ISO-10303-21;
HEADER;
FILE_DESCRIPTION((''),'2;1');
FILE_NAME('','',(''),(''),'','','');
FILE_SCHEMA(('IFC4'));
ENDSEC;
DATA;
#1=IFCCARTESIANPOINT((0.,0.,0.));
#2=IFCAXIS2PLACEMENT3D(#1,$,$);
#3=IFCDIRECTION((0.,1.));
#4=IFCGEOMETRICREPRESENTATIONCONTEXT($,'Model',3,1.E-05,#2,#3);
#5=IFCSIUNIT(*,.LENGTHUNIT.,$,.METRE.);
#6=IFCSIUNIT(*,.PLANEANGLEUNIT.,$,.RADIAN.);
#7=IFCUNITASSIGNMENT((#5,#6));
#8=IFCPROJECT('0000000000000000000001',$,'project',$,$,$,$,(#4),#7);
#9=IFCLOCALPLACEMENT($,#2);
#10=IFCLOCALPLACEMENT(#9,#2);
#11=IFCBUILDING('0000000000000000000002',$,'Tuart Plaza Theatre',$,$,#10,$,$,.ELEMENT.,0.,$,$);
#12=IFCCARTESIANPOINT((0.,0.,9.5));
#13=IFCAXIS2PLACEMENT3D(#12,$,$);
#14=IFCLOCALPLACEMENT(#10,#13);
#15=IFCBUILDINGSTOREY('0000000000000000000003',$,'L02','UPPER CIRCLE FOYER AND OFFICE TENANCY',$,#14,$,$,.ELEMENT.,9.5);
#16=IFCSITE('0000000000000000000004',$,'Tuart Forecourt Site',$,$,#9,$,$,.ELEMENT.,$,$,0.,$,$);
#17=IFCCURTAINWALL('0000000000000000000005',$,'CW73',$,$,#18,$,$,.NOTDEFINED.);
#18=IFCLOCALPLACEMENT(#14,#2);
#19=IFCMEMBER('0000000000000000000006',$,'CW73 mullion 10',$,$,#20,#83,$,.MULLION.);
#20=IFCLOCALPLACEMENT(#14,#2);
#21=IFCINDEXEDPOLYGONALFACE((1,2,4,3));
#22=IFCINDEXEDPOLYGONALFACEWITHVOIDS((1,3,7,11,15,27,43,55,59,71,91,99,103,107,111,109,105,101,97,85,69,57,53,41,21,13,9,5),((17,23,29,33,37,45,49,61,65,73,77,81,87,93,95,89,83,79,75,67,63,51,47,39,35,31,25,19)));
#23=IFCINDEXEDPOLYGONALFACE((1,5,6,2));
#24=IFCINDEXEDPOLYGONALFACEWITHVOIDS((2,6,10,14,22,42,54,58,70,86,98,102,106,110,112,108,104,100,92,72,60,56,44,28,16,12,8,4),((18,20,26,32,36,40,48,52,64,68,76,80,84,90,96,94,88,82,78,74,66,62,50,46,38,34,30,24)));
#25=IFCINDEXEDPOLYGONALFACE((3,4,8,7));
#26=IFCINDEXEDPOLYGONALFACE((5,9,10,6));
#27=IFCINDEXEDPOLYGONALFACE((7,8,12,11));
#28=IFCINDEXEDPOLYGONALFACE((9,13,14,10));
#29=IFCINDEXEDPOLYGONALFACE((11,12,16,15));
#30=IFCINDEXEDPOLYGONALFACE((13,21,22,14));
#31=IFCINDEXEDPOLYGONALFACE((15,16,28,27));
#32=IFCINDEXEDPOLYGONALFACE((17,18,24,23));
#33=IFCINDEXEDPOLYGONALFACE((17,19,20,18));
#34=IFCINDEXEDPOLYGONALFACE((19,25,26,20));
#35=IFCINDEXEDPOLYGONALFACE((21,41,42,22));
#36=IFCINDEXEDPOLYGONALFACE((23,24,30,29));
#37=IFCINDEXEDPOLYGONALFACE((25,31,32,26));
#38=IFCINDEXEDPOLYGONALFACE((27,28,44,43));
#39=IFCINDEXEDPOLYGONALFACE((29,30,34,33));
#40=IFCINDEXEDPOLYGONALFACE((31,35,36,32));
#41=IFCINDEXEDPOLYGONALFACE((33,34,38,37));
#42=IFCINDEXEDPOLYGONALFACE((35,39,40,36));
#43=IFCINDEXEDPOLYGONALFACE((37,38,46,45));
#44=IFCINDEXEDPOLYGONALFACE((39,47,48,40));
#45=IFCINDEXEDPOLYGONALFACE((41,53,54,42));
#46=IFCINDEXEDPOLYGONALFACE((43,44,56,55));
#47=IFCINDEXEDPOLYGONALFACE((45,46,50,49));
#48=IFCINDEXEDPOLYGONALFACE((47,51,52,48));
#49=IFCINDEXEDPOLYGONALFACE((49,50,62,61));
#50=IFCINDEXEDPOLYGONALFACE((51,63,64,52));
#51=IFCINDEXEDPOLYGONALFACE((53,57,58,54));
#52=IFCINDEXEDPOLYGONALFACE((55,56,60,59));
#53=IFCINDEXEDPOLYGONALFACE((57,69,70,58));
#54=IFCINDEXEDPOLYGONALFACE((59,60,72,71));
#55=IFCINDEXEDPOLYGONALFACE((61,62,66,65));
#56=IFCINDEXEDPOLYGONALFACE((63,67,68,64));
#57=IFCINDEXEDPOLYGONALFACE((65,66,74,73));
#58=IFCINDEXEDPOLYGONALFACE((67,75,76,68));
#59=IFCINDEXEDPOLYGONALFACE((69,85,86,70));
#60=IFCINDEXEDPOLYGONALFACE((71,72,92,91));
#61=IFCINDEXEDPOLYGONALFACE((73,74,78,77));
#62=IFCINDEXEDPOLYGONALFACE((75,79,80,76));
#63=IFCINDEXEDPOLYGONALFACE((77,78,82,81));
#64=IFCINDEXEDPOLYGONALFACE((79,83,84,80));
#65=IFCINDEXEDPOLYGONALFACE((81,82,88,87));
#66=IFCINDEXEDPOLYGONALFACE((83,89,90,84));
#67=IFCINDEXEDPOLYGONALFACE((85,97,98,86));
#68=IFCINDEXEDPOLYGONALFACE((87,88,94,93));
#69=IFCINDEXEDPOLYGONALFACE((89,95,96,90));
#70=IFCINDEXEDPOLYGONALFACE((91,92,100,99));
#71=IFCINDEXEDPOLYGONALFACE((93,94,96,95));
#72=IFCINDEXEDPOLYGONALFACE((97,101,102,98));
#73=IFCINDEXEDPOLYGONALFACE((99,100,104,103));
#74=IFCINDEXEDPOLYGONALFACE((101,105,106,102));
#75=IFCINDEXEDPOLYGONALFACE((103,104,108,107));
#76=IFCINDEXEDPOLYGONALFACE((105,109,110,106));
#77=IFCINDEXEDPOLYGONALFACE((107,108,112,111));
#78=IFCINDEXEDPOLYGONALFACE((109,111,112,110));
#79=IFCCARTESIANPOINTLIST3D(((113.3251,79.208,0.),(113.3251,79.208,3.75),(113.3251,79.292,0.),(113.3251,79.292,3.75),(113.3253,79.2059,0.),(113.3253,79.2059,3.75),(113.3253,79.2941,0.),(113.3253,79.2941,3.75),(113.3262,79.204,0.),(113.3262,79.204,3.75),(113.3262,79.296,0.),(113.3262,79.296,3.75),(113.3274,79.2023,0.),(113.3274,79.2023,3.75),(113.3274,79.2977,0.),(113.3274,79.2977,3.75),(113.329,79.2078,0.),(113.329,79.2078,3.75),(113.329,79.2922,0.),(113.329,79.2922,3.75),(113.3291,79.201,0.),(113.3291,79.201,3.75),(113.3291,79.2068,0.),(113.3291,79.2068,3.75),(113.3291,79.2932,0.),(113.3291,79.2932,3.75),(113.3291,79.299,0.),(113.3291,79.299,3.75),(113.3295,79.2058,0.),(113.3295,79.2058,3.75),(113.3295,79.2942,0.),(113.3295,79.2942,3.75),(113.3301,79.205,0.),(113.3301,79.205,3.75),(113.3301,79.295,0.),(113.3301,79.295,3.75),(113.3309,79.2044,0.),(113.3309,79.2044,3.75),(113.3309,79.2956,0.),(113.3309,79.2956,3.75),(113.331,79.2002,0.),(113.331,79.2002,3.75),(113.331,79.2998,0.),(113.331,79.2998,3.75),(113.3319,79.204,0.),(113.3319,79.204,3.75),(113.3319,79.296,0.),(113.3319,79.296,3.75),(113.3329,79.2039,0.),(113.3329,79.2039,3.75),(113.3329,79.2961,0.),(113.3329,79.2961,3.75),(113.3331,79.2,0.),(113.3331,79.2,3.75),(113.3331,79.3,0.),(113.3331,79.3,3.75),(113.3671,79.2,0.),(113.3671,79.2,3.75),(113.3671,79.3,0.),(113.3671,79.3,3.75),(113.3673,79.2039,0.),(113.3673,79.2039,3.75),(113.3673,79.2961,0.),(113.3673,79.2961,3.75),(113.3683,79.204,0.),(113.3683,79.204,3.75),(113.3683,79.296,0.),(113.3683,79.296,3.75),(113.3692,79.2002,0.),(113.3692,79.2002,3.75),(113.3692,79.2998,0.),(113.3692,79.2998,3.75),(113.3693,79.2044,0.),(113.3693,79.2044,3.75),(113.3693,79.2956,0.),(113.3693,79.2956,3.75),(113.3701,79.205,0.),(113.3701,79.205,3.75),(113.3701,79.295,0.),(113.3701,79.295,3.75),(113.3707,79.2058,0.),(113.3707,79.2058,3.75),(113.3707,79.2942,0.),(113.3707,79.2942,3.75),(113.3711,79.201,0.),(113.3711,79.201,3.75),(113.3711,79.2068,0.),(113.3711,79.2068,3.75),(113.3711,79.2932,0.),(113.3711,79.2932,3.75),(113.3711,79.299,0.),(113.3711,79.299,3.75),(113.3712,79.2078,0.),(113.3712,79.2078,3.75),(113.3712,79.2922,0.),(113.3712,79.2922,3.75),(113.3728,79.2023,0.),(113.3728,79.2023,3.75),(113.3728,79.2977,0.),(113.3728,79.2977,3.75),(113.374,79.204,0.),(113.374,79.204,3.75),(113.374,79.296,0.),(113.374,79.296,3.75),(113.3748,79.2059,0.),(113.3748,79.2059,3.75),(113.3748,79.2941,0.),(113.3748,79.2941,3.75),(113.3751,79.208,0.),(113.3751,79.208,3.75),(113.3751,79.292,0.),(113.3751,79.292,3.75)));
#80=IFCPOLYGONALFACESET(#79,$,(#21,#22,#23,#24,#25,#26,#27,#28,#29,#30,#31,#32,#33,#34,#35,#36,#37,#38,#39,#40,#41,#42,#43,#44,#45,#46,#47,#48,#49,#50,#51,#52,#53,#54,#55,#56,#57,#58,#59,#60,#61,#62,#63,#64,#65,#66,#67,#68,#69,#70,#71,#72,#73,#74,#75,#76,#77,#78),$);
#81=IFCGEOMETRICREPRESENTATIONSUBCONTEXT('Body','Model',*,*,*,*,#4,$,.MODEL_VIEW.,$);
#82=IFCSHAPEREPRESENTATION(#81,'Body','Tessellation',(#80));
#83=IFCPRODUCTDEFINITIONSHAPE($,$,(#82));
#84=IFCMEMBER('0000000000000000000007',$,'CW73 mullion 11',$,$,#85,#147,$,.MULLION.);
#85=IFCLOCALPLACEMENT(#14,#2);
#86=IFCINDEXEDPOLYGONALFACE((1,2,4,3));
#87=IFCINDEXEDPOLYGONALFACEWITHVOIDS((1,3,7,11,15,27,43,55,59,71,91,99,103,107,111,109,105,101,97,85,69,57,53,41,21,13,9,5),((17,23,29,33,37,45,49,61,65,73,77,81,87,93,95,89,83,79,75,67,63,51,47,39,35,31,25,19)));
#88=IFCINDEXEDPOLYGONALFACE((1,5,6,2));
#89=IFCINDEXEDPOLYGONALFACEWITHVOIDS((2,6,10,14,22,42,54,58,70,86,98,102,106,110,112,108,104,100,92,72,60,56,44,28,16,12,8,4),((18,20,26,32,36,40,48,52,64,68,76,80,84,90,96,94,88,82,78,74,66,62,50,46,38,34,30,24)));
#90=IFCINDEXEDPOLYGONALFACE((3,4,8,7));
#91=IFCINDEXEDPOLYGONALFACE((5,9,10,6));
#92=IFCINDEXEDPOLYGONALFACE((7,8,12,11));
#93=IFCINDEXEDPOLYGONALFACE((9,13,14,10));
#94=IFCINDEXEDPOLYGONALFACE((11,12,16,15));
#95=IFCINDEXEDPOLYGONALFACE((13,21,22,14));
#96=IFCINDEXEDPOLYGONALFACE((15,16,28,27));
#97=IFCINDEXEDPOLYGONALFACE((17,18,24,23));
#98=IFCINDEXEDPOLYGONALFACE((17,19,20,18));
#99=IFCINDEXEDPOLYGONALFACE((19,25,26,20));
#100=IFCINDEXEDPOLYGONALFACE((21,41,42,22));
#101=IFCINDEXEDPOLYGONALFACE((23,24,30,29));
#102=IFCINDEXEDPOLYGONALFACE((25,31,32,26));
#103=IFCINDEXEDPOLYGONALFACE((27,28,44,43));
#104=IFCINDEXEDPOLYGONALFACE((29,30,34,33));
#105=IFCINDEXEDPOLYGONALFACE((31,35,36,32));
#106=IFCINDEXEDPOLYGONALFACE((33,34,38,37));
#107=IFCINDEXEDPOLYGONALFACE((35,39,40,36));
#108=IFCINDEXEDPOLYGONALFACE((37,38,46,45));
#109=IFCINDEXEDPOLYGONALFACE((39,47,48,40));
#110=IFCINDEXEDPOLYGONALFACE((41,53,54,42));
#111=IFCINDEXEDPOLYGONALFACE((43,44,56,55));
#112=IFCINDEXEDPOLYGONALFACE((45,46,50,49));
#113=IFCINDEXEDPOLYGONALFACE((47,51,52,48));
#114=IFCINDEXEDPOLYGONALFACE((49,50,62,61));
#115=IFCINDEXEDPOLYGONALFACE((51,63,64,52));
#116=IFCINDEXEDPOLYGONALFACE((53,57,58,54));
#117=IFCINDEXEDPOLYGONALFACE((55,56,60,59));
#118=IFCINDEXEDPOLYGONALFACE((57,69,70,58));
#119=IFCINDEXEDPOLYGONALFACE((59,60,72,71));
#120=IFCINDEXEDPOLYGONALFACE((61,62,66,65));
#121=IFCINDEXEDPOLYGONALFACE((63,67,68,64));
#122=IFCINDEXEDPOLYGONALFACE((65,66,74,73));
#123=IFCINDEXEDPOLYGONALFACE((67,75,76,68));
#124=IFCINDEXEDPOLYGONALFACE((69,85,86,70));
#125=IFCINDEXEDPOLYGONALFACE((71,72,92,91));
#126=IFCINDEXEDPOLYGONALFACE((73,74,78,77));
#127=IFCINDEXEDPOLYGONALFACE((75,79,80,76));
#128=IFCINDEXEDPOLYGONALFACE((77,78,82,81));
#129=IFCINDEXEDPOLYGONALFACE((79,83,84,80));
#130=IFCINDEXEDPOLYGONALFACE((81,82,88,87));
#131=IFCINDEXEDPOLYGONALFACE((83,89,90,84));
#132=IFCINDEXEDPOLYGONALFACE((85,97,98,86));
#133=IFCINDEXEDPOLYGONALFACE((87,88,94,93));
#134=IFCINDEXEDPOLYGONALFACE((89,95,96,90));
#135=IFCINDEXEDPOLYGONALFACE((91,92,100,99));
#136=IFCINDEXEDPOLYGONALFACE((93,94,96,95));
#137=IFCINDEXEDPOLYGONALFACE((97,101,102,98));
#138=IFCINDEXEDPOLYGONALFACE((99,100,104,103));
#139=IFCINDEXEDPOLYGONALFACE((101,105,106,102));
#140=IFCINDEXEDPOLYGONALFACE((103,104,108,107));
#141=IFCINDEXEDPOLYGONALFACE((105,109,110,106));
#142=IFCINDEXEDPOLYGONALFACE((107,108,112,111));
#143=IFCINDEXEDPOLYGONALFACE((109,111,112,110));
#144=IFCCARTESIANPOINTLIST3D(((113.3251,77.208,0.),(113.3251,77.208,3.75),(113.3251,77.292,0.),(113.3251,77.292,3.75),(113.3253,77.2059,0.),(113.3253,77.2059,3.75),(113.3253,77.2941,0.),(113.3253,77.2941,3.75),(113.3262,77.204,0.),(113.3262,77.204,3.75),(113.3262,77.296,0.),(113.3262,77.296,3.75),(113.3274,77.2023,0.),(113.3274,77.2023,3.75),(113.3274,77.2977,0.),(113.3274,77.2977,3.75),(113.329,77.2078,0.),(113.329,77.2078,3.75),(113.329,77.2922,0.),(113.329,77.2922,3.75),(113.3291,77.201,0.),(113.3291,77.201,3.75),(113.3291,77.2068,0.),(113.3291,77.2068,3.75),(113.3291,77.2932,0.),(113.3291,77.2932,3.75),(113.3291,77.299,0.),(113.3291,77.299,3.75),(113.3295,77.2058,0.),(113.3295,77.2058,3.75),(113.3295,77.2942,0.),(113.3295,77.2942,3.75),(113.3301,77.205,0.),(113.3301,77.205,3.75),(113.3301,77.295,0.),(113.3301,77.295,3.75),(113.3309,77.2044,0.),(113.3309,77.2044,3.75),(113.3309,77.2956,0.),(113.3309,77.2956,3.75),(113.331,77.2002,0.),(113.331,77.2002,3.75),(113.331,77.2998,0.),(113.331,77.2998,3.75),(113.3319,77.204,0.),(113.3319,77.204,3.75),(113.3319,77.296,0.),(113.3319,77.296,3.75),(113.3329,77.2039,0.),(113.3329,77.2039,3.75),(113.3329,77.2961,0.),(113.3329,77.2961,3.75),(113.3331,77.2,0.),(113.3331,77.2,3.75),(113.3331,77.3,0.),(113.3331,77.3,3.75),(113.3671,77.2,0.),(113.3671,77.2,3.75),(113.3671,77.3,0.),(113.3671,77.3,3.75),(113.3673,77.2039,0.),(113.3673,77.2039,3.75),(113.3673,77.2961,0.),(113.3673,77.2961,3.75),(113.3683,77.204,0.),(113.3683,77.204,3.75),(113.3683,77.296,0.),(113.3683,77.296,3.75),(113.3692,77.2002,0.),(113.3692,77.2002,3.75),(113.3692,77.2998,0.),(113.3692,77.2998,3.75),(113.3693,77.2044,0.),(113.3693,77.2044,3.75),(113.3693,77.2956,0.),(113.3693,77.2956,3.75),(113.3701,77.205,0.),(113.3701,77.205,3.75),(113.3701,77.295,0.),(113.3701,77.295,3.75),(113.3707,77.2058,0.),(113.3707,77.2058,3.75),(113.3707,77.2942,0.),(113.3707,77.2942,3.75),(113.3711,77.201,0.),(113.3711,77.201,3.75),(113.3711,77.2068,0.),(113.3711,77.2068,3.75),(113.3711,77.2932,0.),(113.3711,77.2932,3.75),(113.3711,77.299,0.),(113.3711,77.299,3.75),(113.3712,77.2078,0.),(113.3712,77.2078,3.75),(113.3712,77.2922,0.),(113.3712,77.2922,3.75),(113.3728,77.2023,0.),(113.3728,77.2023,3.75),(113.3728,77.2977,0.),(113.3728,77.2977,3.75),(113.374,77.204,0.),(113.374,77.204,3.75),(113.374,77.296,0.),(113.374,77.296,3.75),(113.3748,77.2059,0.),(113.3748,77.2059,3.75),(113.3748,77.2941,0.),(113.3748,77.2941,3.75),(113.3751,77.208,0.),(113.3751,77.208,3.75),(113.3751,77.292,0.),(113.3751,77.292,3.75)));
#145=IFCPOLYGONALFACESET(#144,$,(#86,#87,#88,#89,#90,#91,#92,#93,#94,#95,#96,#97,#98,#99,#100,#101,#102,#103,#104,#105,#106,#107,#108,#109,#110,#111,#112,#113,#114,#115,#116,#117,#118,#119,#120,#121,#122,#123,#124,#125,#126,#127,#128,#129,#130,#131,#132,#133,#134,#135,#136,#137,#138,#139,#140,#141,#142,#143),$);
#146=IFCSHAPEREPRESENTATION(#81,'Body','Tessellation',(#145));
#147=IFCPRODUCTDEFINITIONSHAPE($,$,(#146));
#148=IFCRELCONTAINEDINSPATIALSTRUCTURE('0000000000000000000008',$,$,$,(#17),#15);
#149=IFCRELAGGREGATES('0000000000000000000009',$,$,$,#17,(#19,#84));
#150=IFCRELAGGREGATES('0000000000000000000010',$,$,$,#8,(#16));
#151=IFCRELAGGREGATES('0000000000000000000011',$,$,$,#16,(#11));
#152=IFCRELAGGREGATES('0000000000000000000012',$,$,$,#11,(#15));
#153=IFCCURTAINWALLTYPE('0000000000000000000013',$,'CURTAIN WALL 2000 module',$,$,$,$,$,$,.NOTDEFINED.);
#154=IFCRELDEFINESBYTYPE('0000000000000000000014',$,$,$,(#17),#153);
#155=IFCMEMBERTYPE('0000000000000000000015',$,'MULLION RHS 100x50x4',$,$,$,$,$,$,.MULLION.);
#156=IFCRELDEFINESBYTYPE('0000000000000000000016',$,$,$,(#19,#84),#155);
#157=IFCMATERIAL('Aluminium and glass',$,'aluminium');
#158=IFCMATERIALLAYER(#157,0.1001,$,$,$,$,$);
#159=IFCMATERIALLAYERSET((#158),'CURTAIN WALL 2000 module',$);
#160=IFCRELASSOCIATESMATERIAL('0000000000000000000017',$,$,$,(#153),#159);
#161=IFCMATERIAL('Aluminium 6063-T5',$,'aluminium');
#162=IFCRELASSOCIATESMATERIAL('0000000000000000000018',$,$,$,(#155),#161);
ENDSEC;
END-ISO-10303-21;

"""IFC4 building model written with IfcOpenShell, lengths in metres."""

from ifc_helpers import new_model, si_unit, direction, frame, origin, origin_2d, place, context, subcontext, project, spatial, hollow_rectangle, extrude, material, layer, layer_set, material_profile, profile_set, type_object, element, aggregate, save


model = new_model("IFC4")

# Units and contexts
model_context = context("Model", 3, precision=1e-05, world=origin(), true_north=direction((0.0, 1.0)))
body_context = subcontext(model_context, "Body", "Model", "MODEL_VIEW")
ifc_project = project(units=[si_unit("LENGTHUNIT", "METRE"), si_unit("PLANEANGLEUNIT", "RADIAN")], contexts=[model_context])

# Site, building, storey
site_placement = place(None, origin())
site = spatial("IfcSite", under=ifc_project, at=site_placement, Name="Tuart Forecourt Site", CompositionType="ELEMENT", RefElevation=0.0)
building_placement = place(site_placement, origin())
building = spatial("IfcBuilding", under=site, at=building_placement, Name="Tuart Plaza Theatre", CompositionType="ELEMENT", ElevationOfRefHeight=0.0)
storey_placement = place(building_placement, frame((0.0, 0.0, 9.5)))
storey = spatial("IfcBuildingStorey", under=building, at=storey_placement, Name="L02", Description="UPPER CIRCLE FOYER AND OFFICE TENANCY", CompositionType="ELEMENT", Elevation=9.5)

# Curtain wall, members
ifc_material_1 = material(Name="Aluminium and glass", Category="aluminium")
ifc_layer_1 = layer(ifc_material_1, 0.1001)
ifc_layer_set_1 = layer_set([ifc_layer_1], Name="CURTAIN WALL 2000 module")
curtain_wall_type = type_object("IfcCurtainWallType", Name="CURTAIN WALL 2000 module", PredefinedType="NOTDEFINED", material=ifc_layer_set_1)
curtain_wall_placement = place(storey_placement, origin())
curtain_wall = element("IfcCurtainWall", 1, at=curtain_wall_placement, inside=storey, type_object=curtain_wall_type, Name="CW73", PredefinedType="NOTDEFINED")
ifc_material_2 = material(Name="Aluminium 6063-T5", Category="aluminium")
ifc_material_profile_1 = material_profile(ifc_material_2, hollow_rectangle(XDim=0.05, YDim=0.1001, WallThickness=0.0039, InnerFilletRadius=0.0039, OuterFilletRadius=0.0081, at=origin_2d()), Name="RHS 100x50x4")
ifc_profile_set_1 = profile_set([ifc_material_profile_1], Name="Aluminium 6063-T5")
member_type_1 = type_object("IfcMemberType", Name="MULLION RHS 100x50x4", PredefinedType="MULLION", material=ifc_profile_set_1)
member_1_placement = place(storey_placement, frame((113.3501, 79.25, 0.0), z_axis=(0.0, 0.0, 1.0), x_axis=(1.0, 0.0, 0.0)))
member_1 = element("IfcMember", 2, at=member_1_placement, type_object=member_type_1, Name="CW73 mullion 10", PredefinedType="MULLION", context=body_context, shape_type="SweptSolid", body=[
    extrude(hollow_rectangle(XDim=0.05, YDim=0.1001, WallThickness=0.0039, InnerFilletRadius=0.0039, OuterFilletRadius=0.0081, at=origin_2d()), origin(), (0.0, 0.0, 1.0), 3.75),
])
member_2_placement = place(storey_placement, frame((113.3501, 77.25, 0.0), z_axis=(0.0, 0.0, 1.0), x_axis=(1.0, 0.0, 0.0)))
member_2 = element("IfcMember", 3, at=member_2_placement, type_object=member_type_1, Name="CW73 mullion 11", PredefinedType="MULLION", context=body_context, shape_type="SweptSolid", body=[
    extrude(hollow_rectangle(XDim=0.05, YDim=0.1001, WallThickness=0.0039, InnerFilletRadius=0.0039, OuterFilletRadius=0.0081, at=origin_2d()), origin(), (0.0, 0.0, 1.0), 3.75),
])
aggregate(curtain_wall, [member_1, member_2])

save(model, "model.ifc")
